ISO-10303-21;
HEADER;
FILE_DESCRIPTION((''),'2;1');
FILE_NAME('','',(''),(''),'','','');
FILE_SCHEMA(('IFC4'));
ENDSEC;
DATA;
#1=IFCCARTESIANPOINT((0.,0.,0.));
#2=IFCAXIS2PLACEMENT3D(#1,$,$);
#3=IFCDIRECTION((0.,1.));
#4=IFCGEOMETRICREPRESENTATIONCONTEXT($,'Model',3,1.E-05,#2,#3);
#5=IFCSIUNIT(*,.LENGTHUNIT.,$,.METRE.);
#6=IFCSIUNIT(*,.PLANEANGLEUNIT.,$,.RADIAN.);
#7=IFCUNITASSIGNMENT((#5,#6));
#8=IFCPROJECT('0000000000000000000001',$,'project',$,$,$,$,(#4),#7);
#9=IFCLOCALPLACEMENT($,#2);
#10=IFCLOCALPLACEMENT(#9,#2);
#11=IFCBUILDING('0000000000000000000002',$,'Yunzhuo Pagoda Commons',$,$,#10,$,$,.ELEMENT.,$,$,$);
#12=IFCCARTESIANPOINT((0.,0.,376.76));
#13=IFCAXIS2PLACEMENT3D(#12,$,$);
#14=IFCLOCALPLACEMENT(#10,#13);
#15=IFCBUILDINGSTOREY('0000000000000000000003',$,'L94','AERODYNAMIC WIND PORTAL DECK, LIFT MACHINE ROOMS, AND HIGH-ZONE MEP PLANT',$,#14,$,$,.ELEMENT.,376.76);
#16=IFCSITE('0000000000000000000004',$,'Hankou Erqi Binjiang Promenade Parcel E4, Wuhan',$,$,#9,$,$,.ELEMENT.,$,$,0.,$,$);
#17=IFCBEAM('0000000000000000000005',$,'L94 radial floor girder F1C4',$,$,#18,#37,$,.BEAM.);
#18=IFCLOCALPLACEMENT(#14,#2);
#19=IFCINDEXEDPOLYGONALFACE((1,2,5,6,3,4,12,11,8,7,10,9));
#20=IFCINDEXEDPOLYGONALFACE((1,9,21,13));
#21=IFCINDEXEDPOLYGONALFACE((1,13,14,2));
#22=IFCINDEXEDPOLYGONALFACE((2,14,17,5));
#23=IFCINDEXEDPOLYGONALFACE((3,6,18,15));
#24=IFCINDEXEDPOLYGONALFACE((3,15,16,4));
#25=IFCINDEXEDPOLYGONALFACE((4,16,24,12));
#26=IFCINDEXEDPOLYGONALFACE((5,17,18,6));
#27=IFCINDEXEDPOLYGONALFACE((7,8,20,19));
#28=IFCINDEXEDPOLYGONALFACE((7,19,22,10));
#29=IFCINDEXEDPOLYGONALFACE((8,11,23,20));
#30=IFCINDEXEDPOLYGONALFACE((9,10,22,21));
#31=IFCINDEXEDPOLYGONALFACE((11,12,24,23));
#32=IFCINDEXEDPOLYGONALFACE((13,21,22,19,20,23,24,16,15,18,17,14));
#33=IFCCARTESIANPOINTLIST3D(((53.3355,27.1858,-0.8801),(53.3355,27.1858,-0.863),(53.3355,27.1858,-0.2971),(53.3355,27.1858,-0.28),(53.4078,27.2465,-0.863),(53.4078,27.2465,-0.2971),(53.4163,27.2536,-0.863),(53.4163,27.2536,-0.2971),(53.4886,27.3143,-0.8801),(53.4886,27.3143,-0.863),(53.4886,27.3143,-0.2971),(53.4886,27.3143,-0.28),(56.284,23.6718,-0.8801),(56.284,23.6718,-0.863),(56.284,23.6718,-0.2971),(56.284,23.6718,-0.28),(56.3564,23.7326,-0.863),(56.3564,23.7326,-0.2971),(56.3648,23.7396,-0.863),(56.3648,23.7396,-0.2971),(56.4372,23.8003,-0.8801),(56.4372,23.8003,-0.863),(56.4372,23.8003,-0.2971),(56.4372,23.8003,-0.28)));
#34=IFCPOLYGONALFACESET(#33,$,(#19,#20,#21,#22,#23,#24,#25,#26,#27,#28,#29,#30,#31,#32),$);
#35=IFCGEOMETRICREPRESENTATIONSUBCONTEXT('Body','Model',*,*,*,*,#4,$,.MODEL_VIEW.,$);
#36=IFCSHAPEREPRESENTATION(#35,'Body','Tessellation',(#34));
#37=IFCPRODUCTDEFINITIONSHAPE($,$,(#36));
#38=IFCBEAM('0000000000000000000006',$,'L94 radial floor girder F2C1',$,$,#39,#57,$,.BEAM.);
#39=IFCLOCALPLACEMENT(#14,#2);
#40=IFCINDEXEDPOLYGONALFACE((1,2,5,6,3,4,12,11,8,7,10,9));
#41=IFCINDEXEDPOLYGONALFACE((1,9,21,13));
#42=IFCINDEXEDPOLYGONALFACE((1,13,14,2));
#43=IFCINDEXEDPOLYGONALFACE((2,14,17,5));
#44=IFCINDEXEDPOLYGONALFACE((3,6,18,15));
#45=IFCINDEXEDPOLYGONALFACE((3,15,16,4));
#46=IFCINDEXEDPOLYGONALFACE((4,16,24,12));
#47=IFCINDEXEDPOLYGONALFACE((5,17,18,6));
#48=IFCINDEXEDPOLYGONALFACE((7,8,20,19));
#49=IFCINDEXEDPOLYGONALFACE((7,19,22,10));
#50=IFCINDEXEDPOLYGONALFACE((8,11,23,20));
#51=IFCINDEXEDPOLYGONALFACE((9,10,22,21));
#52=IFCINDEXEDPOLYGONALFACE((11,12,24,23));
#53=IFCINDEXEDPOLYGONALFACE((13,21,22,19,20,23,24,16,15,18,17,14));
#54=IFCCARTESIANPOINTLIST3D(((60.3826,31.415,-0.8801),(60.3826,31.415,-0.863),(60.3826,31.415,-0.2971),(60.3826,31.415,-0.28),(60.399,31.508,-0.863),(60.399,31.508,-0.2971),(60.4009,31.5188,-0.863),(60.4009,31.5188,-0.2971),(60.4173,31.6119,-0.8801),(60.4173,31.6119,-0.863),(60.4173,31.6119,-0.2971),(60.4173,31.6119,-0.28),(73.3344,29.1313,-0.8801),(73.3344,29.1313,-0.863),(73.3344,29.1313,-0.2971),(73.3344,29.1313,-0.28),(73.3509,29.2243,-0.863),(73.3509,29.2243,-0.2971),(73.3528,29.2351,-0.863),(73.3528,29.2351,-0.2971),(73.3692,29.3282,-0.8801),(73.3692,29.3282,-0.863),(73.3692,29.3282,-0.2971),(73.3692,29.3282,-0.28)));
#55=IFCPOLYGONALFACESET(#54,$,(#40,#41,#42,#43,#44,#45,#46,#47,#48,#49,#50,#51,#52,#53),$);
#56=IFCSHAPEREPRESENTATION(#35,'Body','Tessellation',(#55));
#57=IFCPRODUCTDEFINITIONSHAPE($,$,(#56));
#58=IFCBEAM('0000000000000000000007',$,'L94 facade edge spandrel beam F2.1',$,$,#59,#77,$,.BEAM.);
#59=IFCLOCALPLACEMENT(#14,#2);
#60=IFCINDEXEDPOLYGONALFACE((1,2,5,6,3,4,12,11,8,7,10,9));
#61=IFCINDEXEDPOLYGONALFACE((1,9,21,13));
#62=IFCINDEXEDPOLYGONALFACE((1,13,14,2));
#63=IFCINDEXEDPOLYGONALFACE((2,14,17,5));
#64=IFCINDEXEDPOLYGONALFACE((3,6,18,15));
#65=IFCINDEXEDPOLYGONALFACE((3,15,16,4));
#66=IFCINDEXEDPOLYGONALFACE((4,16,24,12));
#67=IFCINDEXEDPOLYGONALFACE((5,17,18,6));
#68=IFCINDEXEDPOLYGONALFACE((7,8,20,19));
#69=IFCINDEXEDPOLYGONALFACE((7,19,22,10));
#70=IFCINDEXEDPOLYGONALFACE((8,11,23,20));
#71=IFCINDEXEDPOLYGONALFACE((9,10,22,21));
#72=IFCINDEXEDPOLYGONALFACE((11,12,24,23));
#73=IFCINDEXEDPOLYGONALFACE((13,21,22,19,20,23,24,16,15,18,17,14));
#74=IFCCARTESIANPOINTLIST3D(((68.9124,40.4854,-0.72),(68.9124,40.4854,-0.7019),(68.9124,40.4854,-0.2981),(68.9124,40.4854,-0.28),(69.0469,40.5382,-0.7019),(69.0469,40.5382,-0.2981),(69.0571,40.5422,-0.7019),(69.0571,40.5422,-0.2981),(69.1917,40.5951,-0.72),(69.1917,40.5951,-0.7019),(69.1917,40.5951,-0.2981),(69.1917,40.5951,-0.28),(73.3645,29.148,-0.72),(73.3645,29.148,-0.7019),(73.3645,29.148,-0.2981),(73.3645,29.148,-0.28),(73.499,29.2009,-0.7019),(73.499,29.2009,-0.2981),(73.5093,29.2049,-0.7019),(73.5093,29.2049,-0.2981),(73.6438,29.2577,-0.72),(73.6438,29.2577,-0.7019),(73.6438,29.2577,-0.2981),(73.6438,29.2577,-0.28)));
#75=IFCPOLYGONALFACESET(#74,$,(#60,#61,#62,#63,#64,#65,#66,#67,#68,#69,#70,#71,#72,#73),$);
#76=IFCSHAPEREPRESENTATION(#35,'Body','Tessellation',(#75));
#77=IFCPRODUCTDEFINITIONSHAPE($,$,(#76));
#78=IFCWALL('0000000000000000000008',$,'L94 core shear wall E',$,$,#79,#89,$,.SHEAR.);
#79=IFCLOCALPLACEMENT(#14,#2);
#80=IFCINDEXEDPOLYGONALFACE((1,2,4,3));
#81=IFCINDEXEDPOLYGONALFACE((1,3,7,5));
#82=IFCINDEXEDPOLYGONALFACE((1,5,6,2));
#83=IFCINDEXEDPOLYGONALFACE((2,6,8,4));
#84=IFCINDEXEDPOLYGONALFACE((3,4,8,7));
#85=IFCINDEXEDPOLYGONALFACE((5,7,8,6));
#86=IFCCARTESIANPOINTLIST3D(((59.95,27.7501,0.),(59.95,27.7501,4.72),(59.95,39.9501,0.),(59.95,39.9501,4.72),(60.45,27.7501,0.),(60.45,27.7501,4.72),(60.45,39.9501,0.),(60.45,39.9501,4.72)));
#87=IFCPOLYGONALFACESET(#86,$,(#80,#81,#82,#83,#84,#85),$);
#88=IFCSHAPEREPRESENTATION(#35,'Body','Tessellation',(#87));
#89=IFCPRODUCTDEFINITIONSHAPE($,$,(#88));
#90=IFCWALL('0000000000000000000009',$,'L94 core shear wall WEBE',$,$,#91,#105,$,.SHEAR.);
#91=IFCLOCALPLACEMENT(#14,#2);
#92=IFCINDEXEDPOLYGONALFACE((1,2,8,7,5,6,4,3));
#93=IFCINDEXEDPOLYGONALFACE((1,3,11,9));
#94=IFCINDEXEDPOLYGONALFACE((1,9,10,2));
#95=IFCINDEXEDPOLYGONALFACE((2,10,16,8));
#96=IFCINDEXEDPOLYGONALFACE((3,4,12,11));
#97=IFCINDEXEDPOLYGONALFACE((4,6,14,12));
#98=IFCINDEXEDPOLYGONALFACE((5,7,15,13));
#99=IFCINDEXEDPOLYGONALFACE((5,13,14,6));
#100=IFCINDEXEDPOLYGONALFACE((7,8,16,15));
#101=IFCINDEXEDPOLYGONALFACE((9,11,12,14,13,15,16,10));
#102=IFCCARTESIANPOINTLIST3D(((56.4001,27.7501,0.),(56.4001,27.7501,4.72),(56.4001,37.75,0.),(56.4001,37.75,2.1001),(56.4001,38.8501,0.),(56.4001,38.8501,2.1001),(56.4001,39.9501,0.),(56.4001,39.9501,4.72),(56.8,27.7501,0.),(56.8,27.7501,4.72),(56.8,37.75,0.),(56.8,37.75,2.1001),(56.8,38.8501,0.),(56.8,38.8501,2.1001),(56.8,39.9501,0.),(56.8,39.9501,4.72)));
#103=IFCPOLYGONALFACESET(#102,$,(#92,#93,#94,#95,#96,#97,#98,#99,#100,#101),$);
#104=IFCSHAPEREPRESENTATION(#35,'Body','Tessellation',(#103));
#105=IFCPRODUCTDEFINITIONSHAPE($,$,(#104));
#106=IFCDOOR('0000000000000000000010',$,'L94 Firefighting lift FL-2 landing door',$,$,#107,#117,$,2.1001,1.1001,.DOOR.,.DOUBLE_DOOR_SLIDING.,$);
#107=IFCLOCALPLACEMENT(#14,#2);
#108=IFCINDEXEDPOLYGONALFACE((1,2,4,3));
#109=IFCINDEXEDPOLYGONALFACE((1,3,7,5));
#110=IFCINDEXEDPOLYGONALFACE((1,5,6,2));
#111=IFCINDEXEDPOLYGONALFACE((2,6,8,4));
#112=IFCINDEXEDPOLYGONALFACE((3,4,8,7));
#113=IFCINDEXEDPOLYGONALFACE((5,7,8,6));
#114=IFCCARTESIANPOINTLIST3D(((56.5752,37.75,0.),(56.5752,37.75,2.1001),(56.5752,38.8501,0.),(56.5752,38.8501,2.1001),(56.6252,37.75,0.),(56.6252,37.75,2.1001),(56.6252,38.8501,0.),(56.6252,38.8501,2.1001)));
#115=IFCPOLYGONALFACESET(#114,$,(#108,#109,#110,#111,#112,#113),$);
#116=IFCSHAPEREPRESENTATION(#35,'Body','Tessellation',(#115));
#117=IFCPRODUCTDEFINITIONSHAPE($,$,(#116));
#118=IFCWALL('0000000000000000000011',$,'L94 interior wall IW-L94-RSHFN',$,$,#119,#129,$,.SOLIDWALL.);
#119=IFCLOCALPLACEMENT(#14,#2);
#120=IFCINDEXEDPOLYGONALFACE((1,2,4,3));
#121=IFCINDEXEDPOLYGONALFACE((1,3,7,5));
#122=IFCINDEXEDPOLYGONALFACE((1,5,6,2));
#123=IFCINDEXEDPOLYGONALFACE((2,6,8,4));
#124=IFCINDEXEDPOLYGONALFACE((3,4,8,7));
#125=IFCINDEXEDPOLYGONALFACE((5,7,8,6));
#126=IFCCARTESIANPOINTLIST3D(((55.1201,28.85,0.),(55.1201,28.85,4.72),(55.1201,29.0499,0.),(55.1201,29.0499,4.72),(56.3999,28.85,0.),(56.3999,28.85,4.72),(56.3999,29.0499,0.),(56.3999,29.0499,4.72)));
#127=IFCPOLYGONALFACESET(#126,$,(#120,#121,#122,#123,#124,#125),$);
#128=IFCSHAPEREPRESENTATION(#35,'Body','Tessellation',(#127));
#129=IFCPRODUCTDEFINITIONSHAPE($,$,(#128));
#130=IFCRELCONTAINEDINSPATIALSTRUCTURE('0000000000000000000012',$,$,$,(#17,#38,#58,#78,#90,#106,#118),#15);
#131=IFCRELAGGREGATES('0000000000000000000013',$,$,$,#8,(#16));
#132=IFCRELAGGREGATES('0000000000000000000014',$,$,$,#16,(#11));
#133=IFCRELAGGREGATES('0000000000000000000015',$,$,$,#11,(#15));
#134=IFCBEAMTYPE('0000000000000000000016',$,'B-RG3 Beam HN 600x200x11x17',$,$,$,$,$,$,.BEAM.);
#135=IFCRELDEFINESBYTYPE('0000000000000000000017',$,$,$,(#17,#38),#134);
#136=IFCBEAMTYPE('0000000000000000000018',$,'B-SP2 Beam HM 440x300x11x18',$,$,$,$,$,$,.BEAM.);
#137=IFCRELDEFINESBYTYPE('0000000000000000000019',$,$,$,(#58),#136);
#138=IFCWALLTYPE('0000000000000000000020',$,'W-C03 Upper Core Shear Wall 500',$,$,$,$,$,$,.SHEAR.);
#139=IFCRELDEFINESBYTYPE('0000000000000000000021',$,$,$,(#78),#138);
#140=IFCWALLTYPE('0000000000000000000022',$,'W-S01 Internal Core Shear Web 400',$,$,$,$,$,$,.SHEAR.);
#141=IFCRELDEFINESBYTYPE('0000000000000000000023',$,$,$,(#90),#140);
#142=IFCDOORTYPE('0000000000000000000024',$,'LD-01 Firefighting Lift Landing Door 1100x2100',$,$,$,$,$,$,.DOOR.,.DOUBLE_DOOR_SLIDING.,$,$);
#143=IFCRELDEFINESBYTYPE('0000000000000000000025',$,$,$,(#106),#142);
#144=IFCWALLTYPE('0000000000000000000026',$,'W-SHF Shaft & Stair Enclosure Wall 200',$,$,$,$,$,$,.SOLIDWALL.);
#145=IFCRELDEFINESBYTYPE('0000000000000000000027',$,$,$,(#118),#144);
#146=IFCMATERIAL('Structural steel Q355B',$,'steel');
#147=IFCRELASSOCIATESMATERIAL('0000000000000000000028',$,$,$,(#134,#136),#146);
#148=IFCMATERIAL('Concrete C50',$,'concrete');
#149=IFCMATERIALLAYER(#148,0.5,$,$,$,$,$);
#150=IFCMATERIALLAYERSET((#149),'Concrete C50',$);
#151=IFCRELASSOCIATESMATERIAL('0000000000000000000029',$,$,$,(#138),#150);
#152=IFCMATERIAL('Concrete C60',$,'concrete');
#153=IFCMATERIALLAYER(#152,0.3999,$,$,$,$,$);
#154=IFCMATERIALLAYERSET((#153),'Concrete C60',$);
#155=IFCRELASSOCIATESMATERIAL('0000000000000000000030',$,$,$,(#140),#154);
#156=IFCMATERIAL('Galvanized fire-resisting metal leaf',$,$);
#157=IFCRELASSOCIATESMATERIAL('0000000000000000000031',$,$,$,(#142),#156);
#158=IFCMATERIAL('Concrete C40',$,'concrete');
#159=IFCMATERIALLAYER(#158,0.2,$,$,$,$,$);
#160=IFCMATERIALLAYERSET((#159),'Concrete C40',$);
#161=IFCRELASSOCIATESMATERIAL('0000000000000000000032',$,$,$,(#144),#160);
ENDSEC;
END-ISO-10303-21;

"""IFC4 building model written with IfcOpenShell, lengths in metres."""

from ifc_helpers import new_model, si_unit, direction, frame, frame_2d, origin, origin_with_axes, origin_2d, place, context, subcontext, project, spatial, rectangle, i_section, extrude, source, transform, mapped, material, layer, layer_set, material_profile, profile_set, type_object, element, fill, save


model = new_model("IFC4")

# Units and contexts
model_context = context("Model", 3, precision=1e-05, world=origin(), true_north=direction((0.0, 1.0)))
body_context = subcontext(model_context, "Body", "Model", "MODEL_VIEW")
ifc_project = project(units=[si_unit("LENGTHUNIT", "METRE"), si_unit("PLANEANGLEUNIT", "RADIAN")], contexts=[model_context])

# Site, building, storey
site_placement = place(None, origin())
site = spatial("IfcSite", under=ifc_project, at=site_placement, Name="Hankou Erqi Binjiang Promenade Parcel E4, Wuhan", CompositionType="ELEMENT", RefElevation=0.0)
building_placement = place(site_placement, origin())
building = spatial("IfcBuilding", under=site, at=building_placement, Name="Yunzhuo Pagoda Commons", CompositionType="ELEMENT")
storey_placement = place(building_placement, frame((0.0, 0.0, 376.76)))
storey = spatial("IfcBuildingStorey", under=building, at=storey_placement, Name="L94", Description="AERODYNAMIC WIND PORTAL DECK, LIFT MACHINE ROOMS, AND HIGH-ZONE MEP PLANT", CompositionType="ELEMENT", Elevation=376.76)

# Shared definitions
ifc_material_1 = material(Name="Structural steel Q355B", Category="steel")

# Beams
ifc_material_profile_1 = material_profile(ifc_material_1, i_section(OverallWidth=0.2, OverallDepth=0.6001, WebThickness=0.011, FlangeThickness=0.0171, at=origin_2d()), Name="Structural steel Q355B")
ifc_profile_set_1 = profile_set([ifc_material_profile_1], Name="Structural steel Q355B")
beam_type_1 = type_object("IfcBeamType", Name="B-RG3 Beam HN 600x200x11x17", PredefinedType="BEAM", material=ifc_profile_set_1)
shared_shape_1 = source(origin(), body_context, "Body", "SweptSolid", [
    extrude(i_section(OverallWidth=0.2, OverallDepth=0.6001, WebThickness=0.011, FlangeThickness=0.0171, at=origin_2d()), origin(), (0.0, 0.0, 1.0), 4.5872),
])
beam_1_placement = place(storey_placement, frame((56.3606, 23.7361, -0.5801), z_axis=(-0.642783, 0.766049, 0.0), x_axis=(-0.766049, -0.642783, 0.0)))
element("IfcBeam", 1, at=beam_1_placement, inside=storey, type_object=beam_type_1, Name="L94 radial floor girder F1C4", PredefinedType="BEAM", context=body_context, shape_type="MappedRepresentation", body=[
    mapped(shared_shape_1, transform((0.0, 0.0, 0.0), scale=1.0)),
])
shared_shape_2 = source(origin(), body_context, "Body", "SweptSolid", [
    extrude(i_section(OverallWidth=0.2, OverallDepth=0.6001, WebThickness=0.011, FlangeThickness=0.0171, at=origin_2d()), origin(), (0.0, 0.0, 1.0), 13.1516),
])
beam_2_placement = place(storey_placement, frame((73.3518, 29.2297, -0.5801), z_axis=(-0.984809, 0.173642, 0.0), x_axis=(-0.173642, -0.984809, 0.0)))
element("IfcBeam", 2, at=beam_2_placement, inside=storey, type_object=beam_type_1, Name="L94 radial floor girder F2C1", PredefinedType="BEAM", context=body_context, shape_type="MappedRepresentation", body=[
    mapped(shared_shape_2, transform((0.0, 0.0, 0.0), scale=1.0)),
])
ifc_material_profile_2 = material_profile(ifc_material_1, i_section(OverallWidth=0.3, OverallDepth=0.4399, WebThickness=0.011, FlangeThickness=0.0181, at=origin_2d()), Name="Structural steel Q355B")
ifc_profile_set_2 = profile_set([ifc_material_profile_2], Name="Structural steel Q355B")
beam_type_2 = type_object("IfcBeamType", Name="B-SP2 Beam HM 440x300x11x18", PredefinedType="BEAM", material=ifc_profile_set_2)
shared_shape_3 = source(origin(), body_context, "Body", "SweptSolid", [
    extrude(i_section(OverallWidth=0.3, OverallDepth=0.4399, WebThickness=0.011, FlangeThickness=0.0181, at=origin_2d()), origin(), (0.0, 0.0, 1.0), 12.1802),
])
beam_3_placement = place(storey_placement, frame((73.5042, 29.2029, -0.5), z_axis=(-0.365522, 0.930803, 0.0), x_axis=(-0.930803, -0.365522, 0.0)))
element("IfcBeam", 3, at=beam_3_placement, inside=storey, type_object=beam_type_2, Name="L94 facade edge spandrel beam F2.1", PredefinedType="BEAM", context=body_context, shape_type="MappedRepresentation", body=[
    mapped(shared_shape_3, transform((0.0, 0.0, 0.0), scale=1.0)),
])

# Wall
ifc_material_2 = material(Name="Concrete C50", Category="concrete")
ifc_layer_1 = layer(ifc_material_2, 0.5)
ifc_layer_set_1 = layer_set([ifc_layer_1], Name="Concrete C50")
wall_type_1 = type_object("IfcWallType", Name="W-C03 Upper Core Shear Wall 500", PredefinedType="SHEAR", material=ifc_layer_set_1)
wall_1_placement = place(storey_placement, frame((60.2, 27.75, 0.0), z_axis=(0.0, 0.0, 1.0), x_axis=(0.0, 1.0, 0.0)))
element("IfcWall", 4, at=wall_1_placement, inside=storey, type_object=wall_type_1, Name="L94 core shear wall E", PredefinedType="SHEAR", context=body_context, shape_type="SweptSolid", body=[
    extrude(rectangle(XDim=12.2, YDim=0.5, at=frame_2d((6.1001, 0.0))), origin(), (0.0, 0.0, 1.0), 4.72),
])

# Wall, opening, door
ifc_material_3 = material(Name="Concrete C60", Category="concrete")
ifc_layer_2 = layer(ifc_material_3, 0.3999)
ifc_layer_set_2 = layer_set([ifc_layer_2], Name="Concrete C60")
wall_type_2 = type_object("IfcWallType", Name="W-S01 Internal Core Shear Web 400", PredefinedType="SHEAR", material=ifc_layer_set_2)
wall_2_placement = place(storey_placement, frame((56.6001, 27.75, 0.0), z_axis=(0.0, 0.0, 1.0), x_axis=(0.0, 1.0, 0.0)))
wall_2 = element("IfcWall", 5, at=wall_2_placement, inside=storey, type_object=wall_type_2, Name="L94 core shear wall WEBE", PredefinedType="SHEAR", context=body_context, shape_type="SweptSolid", body=[
    extrude(rectangle(XDim=12.2, YDim=0.3999, at=frame_2d((6.1001, 0.0))), origin(), (0.0, 0.0, 1.0), 4.72),
])
opening_placement = place(wall_2_placement, frame((10.0, 0.0, 0.0)))
opening = element("IfcOpeningElement", 6, at=opening_placement, cuts=wall_2, PredefinedType="OPENING", context=body_context, shape_type="SweptSolid", body=[
    extrude(rectangle(XDim=1.1001, YDim=2.1001, at=frame_2d((0.55, 1.05))), frame((0.0, 0.21, 0.0), z_axis=(0.0, -1.0, 0.0), x_axis=(1.0, 0.0, 0.0)), (0.0, 0.0, 1.0), 0.4199),
])
ifc_material_4 = material(Name="Galvanized fire-resisting metal leaf")
door_type = type_object("IfcDoorType", Name="LD-01 Firefighting Lift Landing Door 1100x2100", OperationType="DOUBLE_DOOR_SLIDING", PredefinedType="DOOR", material=ifc_material_4)
shared_shape_4 = source(origin(), body_context, "Body", "SweptSolid", [
    extrude(rectangle(XDim=1.1001, YDim=2.1001, at=frame_2d((0.55, 1.05))), frame((0.0, 0.0249, 0.0), z_axis=(0.0, -1.0, 0.0), x_axis=(1.0, 0.0, 0.0)), (0.0, 0.0, 1.0), 0.05),
])
door_placement = place(opening_placement, origin_with_axes())
door = element("IfcDoor", 7, at=door_placement, inside=storey, type_object=door_type, Name="L94 Firefighting lift FL-2 landing door", OperationType="DOUBLE_DOOR_SLIDING", OverallHeight=2.1001, OverallWidth=1.1001, PredefinedType="DOOR", context=body_context, shape_type="MappedRepresentation", body=[
    mapped(shared_shape_4, transform((0.0, 0.0, 0.0), scale=1.0)),
])
fill(opening, door)

# Wall
ifc_material_5 = material(Name="Concrete C40", Category="concrete")
ifc_layer_3 = layer(ifc_material_5, 0.2)
ifc_layer_set_3 = layer_set([ifc_layer_3], Name="Concrete C40")
wall_type_3 = type_object("IfcWallType", Name="W-SHF Shaft & Stair Enclosure Wall 200", PredefinedType="SOLIDWALL", material=ifc_layer_set_3)
wall_3_placement = place(storey_placement, frame((55.1201, 28.95, 0.0), z_axis=(0.0, 0.0, 1.0), x_axis=(1.0, 0.0, 0.0)))
element("IfcWall", 8, at=wall_3_placement, inside=storey, type_object=wall_type_3, Name="L94 interior wall IW-L94-RSHFN", PredefinedType="SOLIDWALL", context=body_context, shape_type="SweptSolid", body=[
    extrude(rectangle(XDim=1.2798, YDim=0.2, at=frame_2d((0.6399, 0.0))), origin(), (0.0, 0.0, 1.0), 4.72),
])

save(model, "model.ifc")
